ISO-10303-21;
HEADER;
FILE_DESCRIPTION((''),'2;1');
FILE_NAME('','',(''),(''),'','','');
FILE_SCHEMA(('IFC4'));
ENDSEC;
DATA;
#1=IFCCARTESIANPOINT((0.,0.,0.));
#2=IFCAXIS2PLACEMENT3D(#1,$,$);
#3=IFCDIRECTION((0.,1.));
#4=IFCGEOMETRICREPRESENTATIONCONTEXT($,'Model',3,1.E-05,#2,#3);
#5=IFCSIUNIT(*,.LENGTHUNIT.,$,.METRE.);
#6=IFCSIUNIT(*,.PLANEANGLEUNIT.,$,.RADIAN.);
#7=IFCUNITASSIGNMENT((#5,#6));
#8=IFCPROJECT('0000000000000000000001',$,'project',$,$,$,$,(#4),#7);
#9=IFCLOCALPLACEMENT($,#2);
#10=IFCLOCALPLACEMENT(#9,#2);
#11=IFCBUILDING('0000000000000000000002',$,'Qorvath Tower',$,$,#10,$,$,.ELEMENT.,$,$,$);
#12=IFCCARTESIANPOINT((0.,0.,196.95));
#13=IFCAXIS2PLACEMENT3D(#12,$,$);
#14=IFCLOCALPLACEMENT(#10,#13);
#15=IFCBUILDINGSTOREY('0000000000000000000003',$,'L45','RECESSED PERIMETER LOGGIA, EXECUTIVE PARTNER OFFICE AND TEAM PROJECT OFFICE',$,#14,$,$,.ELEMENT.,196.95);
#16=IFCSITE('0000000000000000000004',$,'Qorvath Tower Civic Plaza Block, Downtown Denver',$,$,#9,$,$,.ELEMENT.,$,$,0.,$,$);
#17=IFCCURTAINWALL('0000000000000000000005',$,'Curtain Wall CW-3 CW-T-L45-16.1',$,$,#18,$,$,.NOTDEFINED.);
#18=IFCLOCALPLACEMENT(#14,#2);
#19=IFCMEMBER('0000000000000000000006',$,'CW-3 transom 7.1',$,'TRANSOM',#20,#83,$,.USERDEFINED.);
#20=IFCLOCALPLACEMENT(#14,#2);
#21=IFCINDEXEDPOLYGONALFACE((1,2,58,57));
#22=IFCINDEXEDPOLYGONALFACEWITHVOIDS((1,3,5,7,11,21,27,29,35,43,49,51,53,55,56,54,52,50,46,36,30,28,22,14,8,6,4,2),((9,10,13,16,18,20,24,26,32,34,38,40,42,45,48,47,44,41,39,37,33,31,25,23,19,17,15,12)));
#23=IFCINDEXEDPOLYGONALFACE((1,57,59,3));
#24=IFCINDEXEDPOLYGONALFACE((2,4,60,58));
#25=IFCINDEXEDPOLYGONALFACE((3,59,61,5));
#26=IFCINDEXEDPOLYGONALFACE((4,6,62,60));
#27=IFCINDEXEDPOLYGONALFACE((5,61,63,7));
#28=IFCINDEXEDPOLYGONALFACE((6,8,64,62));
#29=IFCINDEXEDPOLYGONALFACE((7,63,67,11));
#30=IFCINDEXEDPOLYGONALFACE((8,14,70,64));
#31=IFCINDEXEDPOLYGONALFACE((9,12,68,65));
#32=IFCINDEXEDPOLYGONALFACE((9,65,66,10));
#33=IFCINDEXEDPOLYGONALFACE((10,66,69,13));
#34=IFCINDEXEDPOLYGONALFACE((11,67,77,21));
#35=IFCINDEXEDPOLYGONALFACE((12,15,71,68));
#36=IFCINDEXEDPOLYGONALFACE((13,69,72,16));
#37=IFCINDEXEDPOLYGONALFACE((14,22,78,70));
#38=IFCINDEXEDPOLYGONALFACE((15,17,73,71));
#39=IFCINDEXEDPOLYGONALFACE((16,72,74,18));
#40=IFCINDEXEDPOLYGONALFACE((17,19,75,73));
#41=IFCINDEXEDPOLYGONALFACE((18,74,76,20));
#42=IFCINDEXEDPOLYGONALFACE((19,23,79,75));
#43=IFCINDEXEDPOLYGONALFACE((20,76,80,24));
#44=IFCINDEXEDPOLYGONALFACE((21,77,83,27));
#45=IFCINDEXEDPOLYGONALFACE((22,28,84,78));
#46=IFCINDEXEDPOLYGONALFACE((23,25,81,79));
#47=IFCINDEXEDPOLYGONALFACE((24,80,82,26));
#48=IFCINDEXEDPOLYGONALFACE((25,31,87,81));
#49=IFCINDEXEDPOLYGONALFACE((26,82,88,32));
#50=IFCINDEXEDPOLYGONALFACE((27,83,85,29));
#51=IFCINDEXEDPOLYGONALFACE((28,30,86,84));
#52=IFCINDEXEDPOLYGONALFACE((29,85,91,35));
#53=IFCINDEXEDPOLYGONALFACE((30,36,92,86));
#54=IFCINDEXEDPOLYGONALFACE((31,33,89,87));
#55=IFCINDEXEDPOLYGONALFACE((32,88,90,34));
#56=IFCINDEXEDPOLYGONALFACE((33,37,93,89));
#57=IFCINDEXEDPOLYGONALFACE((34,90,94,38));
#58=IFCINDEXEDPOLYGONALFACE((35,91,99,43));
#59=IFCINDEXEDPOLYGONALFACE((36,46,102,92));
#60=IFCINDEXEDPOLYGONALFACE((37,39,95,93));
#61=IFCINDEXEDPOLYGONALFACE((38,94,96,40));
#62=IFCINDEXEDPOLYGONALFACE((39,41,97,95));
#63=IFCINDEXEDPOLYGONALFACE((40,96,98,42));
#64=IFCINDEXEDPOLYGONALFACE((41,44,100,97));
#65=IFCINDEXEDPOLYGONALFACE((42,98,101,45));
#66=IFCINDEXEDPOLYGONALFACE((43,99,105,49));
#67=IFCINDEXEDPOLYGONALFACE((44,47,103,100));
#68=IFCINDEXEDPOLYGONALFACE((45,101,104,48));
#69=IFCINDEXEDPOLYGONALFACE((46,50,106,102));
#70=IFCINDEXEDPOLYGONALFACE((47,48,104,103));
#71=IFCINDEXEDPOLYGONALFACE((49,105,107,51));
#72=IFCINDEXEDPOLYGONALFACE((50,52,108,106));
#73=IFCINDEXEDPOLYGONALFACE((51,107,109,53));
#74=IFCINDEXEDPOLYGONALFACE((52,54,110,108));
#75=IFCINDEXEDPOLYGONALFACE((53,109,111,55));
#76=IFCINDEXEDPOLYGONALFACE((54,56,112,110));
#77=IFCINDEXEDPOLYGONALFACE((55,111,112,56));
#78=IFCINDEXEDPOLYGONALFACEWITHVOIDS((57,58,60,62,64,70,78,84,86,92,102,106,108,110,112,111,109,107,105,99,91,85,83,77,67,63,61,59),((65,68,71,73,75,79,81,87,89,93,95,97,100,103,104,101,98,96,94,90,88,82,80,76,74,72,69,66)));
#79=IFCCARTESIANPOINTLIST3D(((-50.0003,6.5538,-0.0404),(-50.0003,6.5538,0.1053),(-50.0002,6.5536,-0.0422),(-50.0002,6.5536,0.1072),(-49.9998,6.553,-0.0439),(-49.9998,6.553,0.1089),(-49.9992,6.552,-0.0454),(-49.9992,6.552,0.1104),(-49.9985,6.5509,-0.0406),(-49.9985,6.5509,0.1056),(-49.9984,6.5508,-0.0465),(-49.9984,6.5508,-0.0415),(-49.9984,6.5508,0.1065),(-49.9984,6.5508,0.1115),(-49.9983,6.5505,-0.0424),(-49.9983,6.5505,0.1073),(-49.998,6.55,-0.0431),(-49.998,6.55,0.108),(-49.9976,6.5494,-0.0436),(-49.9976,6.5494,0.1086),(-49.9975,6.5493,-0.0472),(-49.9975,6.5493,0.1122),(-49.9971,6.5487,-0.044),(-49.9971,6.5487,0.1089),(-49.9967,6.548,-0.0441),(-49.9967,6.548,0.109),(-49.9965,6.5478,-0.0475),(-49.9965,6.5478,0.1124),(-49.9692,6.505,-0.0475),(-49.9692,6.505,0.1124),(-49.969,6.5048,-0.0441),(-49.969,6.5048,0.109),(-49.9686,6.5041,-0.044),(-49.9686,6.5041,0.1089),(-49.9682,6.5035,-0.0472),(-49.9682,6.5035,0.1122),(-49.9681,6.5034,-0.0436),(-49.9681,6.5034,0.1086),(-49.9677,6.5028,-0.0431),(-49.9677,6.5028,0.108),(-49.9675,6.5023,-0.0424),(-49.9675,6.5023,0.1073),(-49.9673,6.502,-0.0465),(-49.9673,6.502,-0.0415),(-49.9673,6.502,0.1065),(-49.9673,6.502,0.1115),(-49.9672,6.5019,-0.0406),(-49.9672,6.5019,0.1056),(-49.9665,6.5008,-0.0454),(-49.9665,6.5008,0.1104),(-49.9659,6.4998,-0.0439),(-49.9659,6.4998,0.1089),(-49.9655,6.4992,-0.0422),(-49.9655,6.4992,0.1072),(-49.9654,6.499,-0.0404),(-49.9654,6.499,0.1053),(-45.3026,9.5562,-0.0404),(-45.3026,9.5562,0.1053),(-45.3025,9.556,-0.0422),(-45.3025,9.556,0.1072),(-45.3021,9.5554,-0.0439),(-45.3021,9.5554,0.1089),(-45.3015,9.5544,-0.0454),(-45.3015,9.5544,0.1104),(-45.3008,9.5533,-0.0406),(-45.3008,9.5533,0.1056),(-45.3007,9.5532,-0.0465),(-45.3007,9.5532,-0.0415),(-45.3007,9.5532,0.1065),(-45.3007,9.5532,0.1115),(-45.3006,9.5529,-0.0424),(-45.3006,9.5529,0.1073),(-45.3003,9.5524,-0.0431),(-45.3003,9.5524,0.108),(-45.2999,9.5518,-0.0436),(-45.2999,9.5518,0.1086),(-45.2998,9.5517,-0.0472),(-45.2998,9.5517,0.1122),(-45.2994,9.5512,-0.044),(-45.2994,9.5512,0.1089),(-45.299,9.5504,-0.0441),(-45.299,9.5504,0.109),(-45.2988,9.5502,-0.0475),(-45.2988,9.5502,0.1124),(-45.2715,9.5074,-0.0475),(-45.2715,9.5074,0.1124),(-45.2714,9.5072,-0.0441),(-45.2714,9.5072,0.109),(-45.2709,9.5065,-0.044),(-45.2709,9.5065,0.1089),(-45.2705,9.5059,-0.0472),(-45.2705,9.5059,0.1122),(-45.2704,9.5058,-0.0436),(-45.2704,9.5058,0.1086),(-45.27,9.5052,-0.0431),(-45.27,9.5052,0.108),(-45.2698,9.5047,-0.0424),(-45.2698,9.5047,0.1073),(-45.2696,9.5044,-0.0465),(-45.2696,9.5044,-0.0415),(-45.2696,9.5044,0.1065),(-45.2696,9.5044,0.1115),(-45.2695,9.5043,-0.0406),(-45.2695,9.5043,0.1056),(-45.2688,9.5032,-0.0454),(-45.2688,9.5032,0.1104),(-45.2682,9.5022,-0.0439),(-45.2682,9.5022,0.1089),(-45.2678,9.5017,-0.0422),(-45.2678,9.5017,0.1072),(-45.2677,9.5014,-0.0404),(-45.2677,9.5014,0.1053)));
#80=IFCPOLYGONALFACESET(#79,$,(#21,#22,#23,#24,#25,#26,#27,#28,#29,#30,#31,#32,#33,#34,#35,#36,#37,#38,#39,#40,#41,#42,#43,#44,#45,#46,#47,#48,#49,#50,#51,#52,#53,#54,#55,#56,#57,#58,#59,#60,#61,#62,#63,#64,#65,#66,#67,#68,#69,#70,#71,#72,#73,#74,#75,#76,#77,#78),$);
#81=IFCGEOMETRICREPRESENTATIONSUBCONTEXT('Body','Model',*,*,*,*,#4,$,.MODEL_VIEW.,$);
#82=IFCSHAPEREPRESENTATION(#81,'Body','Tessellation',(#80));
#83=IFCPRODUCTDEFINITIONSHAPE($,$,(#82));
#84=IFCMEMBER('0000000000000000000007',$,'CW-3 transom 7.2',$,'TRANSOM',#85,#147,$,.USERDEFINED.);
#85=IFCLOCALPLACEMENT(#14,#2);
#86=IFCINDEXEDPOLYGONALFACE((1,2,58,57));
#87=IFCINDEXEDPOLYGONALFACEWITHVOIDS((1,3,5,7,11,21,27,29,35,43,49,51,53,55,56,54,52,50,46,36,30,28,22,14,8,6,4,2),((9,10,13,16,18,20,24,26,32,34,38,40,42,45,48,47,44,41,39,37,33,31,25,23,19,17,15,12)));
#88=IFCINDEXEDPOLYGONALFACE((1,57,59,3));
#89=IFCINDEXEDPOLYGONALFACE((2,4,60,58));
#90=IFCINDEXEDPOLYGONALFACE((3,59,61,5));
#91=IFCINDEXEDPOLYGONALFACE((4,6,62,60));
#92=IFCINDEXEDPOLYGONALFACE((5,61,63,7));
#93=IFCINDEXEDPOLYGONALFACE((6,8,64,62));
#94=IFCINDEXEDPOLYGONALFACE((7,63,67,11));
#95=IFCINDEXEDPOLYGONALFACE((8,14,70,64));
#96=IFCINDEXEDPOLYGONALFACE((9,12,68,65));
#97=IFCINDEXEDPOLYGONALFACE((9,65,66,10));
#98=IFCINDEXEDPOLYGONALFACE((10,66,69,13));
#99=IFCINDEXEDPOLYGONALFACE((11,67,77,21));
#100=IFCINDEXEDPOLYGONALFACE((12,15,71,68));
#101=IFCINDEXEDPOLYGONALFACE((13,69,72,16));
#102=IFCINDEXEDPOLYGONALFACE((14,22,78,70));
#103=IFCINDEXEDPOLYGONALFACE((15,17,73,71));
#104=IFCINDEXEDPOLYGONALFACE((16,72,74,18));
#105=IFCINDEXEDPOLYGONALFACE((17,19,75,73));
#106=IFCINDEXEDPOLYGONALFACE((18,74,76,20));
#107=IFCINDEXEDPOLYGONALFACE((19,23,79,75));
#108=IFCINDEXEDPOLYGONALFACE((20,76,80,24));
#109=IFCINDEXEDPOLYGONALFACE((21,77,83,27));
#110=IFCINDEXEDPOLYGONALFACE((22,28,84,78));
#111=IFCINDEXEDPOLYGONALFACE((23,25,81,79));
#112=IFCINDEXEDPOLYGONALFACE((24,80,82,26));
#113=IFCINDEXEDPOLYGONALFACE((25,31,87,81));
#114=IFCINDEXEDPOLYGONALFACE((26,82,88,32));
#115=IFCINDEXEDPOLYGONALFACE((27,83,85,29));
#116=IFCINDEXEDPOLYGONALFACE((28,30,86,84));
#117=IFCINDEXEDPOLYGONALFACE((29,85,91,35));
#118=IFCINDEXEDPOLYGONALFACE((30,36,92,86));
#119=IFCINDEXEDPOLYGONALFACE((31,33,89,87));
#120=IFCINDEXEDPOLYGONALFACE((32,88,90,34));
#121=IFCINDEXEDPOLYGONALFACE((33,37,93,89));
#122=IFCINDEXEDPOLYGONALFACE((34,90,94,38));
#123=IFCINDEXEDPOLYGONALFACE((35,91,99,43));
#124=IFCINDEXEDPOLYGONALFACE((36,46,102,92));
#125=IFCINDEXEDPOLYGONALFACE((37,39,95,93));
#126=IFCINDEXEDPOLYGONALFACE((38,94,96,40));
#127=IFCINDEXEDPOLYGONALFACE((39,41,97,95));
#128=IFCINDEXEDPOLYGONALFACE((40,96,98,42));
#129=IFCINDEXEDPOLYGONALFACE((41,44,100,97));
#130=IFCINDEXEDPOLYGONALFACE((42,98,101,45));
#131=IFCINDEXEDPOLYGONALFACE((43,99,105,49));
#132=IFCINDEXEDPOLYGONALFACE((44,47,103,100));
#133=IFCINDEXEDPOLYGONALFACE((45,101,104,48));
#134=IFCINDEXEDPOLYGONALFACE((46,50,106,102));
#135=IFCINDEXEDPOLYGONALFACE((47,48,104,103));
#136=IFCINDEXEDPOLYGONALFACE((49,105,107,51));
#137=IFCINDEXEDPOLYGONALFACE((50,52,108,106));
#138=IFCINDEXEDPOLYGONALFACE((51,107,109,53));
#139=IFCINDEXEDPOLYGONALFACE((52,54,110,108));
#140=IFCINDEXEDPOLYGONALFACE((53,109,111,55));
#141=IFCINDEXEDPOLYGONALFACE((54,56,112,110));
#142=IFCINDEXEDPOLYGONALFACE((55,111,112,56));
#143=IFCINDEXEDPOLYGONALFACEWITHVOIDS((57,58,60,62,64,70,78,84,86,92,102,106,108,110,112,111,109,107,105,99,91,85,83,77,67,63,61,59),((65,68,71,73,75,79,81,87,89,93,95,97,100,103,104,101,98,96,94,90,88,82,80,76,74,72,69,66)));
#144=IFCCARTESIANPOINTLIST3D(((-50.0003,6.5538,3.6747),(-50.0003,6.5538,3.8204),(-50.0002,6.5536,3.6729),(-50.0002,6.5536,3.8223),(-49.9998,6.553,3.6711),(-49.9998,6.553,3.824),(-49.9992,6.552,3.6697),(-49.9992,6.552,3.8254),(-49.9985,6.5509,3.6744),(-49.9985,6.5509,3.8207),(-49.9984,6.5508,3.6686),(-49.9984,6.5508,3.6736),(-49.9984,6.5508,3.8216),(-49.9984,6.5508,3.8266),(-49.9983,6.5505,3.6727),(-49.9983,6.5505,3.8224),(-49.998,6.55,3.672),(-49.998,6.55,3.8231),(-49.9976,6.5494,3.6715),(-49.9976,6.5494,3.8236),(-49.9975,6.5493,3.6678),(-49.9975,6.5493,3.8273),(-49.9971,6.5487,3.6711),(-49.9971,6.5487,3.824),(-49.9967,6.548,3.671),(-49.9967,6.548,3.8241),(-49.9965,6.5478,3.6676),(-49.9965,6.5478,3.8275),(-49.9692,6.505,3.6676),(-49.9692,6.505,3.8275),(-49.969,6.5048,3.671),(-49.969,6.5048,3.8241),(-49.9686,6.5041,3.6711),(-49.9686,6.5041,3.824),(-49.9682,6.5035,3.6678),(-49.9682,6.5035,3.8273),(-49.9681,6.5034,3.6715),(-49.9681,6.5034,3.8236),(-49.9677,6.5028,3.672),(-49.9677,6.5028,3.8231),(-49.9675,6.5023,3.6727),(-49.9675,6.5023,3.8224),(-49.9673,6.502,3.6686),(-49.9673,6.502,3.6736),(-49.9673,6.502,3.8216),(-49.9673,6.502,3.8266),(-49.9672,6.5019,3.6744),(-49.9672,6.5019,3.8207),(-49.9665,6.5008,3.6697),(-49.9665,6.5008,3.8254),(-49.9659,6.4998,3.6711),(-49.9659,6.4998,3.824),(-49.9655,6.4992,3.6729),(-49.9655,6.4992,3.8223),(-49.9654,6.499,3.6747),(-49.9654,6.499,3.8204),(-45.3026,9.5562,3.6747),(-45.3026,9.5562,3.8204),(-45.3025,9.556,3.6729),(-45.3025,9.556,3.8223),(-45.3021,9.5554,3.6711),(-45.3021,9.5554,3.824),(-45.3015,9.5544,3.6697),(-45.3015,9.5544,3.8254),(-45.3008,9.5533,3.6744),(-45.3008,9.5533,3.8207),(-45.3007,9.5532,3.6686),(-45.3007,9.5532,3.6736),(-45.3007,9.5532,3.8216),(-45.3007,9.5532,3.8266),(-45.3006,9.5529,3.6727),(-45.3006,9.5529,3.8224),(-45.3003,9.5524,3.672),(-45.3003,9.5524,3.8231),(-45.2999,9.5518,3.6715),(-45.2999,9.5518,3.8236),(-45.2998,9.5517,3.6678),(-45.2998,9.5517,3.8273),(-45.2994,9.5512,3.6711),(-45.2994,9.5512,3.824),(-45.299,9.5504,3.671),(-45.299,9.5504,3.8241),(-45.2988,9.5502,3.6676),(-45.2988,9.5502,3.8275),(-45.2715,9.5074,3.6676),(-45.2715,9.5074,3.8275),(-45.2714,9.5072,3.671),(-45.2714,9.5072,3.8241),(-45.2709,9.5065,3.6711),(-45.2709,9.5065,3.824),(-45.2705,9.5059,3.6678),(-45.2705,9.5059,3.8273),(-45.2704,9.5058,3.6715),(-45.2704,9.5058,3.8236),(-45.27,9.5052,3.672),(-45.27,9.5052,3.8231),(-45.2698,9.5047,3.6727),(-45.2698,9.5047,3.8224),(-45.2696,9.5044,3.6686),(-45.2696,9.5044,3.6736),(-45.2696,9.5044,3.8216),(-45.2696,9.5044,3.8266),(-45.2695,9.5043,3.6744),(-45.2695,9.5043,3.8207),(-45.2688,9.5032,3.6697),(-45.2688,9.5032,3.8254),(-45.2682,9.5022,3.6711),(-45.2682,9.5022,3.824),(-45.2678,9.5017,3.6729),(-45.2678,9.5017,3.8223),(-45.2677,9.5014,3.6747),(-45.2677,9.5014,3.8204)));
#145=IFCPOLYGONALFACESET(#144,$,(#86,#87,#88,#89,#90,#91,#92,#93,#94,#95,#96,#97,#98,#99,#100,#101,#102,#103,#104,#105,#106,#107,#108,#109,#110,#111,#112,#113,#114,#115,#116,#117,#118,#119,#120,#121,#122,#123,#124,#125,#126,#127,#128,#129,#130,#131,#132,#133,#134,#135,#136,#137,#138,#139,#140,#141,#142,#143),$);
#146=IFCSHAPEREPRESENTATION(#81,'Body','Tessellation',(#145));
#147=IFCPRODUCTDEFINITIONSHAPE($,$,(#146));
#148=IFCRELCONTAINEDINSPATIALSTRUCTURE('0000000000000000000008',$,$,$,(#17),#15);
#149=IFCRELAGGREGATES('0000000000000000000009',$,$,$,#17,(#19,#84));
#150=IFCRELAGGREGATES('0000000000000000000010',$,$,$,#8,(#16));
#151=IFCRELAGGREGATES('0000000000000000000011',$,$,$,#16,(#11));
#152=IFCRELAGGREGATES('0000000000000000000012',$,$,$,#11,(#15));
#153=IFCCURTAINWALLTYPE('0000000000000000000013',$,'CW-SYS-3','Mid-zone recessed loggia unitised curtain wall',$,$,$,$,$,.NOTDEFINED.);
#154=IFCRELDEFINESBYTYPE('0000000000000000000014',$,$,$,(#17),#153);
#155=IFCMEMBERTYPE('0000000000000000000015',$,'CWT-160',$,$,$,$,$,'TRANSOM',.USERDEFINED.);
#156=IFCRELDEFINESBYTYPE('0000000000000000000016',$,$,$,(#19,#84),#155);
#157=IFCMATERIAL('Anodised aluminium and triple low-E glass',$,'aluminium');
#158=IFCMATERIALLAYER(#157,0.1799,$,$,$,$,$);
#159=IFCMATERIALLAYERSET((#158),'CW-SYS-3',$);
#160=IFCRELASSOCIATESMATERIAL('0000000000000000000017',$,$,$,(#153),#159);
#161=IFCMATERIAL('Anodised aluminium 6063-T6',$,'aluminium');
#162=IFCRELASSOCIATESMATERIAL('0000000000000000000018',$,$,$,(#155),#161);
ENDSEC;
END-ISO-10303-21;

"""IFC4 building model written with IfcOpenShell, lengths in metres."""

from ifc_helpers import new_model, si_unit, direction, frame, origin, origin_2d, place, context, subcontext, project, spatial, hollow_rectangle, extrude, material, layer, layer_set, material_profile, profile_set, type_object, element, aggregate, save


model = new_model("IFC4")

# Units and contexts
model_context = context("Model", 3, precision=1e-05, world=origin(), true_north=direction((0.0, 1.0)))
body_context = subcontext(model_context, "Body", "Model", "MODEL_VIEW")
ifc_project = project(units=[si_unit("LENGTHUNIT", "METRE"), si_unit("PLANEANGLEUNIT", "RADIAN")], contexts=[model_context])

# Site, building, storey
site_placement = place(None, origin())
site = spatial("IfcSite", under=ifc_project, at=site_placement, Name="Qorvath Tower Civic Plaza Block, Downtown Denver", CompositionType="ELEMENT", RefElevation=0.0)
building_placement = place(site_placement, origin())
building = spatial("IfcBuilding", under=site, at=building_placement, Name="Qorvath Tower", CompositionType="ELEMENT")
storey_placement = place(building_placement, frame((0.0, 0.0, 196.95)))
storey = spatial("IfcBuildingStorey", under=building, at=storey_placement, Name="L45", Description="RECESSED PERIMETER LOGGIA, EXECUTIVE PARTNER OFFICE AND TEAM PROJECT OFFICE", CompositionType="ELEMENT", Elevation=196.95)

# Curtain wall, members
ifc_material_1 = material(Name="Anodised aluminium and triple low-E glass", Category="aluminium")
ifc_layer_1 = layer(ifc_material_1, 0.1799)
ifc_layer_set_1 = layer_set([ifc_layer_1], Name="CW-SYS-3")
curtain_wall_type = type_object("IfcCurtainWallType", Name="CW-SYS-3", Description="Mid-zone recessed loggia unitised curtain wall", PredefinedType="NOTDEFINED", material=ifc_layer_set_1)
curtain_wall_placement = place(storey_placement, origin())
curtain_wall = element("IfcCurtainWall", 1, at=curtain_wall_placement, inside=storey, type_object=curtain_wall_type, Name="Curtain Wall CW-3 CW-T-L45-16.1", PredefinedType="NOTDEFINED")
ifc_material_2 = material(Name="Anodised aluminium 6063-T6", Category="aluminium")
ifc_material_profile_1 = material_profile(ifc_material_2, hollow_rectangle(XDim=0.0649, YDim=0.1599, WallThickness=0.0034, InnerFilletRadius=0.0034, OuterFilletRadius=0.0071, at=origin_2d()), Name="CWT 160x65")
ifc_profile_set_1 = profile_set([ifc_material_profile_1], Name="Anodised aluminium 6063-T6")
member_type_1 = type_object("IfcMemberType", Name="CWT-160", ElementType="TRANSOM", PredefinedType="USERDEFINED", material=ifc_profile_set_1)
member_1_placement = place(storey_placement, frame((-45.2852, 9.5288, 0.0325), z_axis=(-0.842607, -0.538529, 0.0), x_axis=(0.538529, -0.842607, 0.0)))
member_1 = element("IfcMember", 2, at=member_1_placement, type_object=member_type_1, Name="CW-3 transom 7.1", ObjectType="TRANSOM", PredefinedType="USERDEFINED", context=body_context, shape_type="SweptSolid", body=[
    extrude(hollow_rectangle(XDim=0.0649, YDim=0.1599, WallThickness=0.0034, InnerFilletRadius=0.0034, OuterFilletRadius=0.0071, at=origin_2d()), origin(), (0.0, 0.0, 1.0), 5.5752),
])
member_2_placement = place(storey_placement, frame((-45.2852, 9.5288, 3.7476), z_axis=(-0.842607, -0.538529, 0.0), x_axis=(0.538529, -0.842607, 0.0)))
member_2 = element("IfcMember", 3, at=member_2_placement, type_object=member_type_1, Name="CW-3 transom 7.2", ObjectType="TRANSOM", PredefinedType="USERDEFINED", context=body_context, shape_type="SweptSolid", body=[
    extrude(hollow_rectangle(XDim=0.0649, YDim=0.1599, WallThickness=0.0034, InnerFilletRadius=0.0034, OuterFilletRadius=0.0071, at=origin_2d()), origin(), (0.0, 0.0, 1.0), 5.5752),
])
aggregate(curtain_wall, [member_1, member_2])

save(model, "model.ifc")
